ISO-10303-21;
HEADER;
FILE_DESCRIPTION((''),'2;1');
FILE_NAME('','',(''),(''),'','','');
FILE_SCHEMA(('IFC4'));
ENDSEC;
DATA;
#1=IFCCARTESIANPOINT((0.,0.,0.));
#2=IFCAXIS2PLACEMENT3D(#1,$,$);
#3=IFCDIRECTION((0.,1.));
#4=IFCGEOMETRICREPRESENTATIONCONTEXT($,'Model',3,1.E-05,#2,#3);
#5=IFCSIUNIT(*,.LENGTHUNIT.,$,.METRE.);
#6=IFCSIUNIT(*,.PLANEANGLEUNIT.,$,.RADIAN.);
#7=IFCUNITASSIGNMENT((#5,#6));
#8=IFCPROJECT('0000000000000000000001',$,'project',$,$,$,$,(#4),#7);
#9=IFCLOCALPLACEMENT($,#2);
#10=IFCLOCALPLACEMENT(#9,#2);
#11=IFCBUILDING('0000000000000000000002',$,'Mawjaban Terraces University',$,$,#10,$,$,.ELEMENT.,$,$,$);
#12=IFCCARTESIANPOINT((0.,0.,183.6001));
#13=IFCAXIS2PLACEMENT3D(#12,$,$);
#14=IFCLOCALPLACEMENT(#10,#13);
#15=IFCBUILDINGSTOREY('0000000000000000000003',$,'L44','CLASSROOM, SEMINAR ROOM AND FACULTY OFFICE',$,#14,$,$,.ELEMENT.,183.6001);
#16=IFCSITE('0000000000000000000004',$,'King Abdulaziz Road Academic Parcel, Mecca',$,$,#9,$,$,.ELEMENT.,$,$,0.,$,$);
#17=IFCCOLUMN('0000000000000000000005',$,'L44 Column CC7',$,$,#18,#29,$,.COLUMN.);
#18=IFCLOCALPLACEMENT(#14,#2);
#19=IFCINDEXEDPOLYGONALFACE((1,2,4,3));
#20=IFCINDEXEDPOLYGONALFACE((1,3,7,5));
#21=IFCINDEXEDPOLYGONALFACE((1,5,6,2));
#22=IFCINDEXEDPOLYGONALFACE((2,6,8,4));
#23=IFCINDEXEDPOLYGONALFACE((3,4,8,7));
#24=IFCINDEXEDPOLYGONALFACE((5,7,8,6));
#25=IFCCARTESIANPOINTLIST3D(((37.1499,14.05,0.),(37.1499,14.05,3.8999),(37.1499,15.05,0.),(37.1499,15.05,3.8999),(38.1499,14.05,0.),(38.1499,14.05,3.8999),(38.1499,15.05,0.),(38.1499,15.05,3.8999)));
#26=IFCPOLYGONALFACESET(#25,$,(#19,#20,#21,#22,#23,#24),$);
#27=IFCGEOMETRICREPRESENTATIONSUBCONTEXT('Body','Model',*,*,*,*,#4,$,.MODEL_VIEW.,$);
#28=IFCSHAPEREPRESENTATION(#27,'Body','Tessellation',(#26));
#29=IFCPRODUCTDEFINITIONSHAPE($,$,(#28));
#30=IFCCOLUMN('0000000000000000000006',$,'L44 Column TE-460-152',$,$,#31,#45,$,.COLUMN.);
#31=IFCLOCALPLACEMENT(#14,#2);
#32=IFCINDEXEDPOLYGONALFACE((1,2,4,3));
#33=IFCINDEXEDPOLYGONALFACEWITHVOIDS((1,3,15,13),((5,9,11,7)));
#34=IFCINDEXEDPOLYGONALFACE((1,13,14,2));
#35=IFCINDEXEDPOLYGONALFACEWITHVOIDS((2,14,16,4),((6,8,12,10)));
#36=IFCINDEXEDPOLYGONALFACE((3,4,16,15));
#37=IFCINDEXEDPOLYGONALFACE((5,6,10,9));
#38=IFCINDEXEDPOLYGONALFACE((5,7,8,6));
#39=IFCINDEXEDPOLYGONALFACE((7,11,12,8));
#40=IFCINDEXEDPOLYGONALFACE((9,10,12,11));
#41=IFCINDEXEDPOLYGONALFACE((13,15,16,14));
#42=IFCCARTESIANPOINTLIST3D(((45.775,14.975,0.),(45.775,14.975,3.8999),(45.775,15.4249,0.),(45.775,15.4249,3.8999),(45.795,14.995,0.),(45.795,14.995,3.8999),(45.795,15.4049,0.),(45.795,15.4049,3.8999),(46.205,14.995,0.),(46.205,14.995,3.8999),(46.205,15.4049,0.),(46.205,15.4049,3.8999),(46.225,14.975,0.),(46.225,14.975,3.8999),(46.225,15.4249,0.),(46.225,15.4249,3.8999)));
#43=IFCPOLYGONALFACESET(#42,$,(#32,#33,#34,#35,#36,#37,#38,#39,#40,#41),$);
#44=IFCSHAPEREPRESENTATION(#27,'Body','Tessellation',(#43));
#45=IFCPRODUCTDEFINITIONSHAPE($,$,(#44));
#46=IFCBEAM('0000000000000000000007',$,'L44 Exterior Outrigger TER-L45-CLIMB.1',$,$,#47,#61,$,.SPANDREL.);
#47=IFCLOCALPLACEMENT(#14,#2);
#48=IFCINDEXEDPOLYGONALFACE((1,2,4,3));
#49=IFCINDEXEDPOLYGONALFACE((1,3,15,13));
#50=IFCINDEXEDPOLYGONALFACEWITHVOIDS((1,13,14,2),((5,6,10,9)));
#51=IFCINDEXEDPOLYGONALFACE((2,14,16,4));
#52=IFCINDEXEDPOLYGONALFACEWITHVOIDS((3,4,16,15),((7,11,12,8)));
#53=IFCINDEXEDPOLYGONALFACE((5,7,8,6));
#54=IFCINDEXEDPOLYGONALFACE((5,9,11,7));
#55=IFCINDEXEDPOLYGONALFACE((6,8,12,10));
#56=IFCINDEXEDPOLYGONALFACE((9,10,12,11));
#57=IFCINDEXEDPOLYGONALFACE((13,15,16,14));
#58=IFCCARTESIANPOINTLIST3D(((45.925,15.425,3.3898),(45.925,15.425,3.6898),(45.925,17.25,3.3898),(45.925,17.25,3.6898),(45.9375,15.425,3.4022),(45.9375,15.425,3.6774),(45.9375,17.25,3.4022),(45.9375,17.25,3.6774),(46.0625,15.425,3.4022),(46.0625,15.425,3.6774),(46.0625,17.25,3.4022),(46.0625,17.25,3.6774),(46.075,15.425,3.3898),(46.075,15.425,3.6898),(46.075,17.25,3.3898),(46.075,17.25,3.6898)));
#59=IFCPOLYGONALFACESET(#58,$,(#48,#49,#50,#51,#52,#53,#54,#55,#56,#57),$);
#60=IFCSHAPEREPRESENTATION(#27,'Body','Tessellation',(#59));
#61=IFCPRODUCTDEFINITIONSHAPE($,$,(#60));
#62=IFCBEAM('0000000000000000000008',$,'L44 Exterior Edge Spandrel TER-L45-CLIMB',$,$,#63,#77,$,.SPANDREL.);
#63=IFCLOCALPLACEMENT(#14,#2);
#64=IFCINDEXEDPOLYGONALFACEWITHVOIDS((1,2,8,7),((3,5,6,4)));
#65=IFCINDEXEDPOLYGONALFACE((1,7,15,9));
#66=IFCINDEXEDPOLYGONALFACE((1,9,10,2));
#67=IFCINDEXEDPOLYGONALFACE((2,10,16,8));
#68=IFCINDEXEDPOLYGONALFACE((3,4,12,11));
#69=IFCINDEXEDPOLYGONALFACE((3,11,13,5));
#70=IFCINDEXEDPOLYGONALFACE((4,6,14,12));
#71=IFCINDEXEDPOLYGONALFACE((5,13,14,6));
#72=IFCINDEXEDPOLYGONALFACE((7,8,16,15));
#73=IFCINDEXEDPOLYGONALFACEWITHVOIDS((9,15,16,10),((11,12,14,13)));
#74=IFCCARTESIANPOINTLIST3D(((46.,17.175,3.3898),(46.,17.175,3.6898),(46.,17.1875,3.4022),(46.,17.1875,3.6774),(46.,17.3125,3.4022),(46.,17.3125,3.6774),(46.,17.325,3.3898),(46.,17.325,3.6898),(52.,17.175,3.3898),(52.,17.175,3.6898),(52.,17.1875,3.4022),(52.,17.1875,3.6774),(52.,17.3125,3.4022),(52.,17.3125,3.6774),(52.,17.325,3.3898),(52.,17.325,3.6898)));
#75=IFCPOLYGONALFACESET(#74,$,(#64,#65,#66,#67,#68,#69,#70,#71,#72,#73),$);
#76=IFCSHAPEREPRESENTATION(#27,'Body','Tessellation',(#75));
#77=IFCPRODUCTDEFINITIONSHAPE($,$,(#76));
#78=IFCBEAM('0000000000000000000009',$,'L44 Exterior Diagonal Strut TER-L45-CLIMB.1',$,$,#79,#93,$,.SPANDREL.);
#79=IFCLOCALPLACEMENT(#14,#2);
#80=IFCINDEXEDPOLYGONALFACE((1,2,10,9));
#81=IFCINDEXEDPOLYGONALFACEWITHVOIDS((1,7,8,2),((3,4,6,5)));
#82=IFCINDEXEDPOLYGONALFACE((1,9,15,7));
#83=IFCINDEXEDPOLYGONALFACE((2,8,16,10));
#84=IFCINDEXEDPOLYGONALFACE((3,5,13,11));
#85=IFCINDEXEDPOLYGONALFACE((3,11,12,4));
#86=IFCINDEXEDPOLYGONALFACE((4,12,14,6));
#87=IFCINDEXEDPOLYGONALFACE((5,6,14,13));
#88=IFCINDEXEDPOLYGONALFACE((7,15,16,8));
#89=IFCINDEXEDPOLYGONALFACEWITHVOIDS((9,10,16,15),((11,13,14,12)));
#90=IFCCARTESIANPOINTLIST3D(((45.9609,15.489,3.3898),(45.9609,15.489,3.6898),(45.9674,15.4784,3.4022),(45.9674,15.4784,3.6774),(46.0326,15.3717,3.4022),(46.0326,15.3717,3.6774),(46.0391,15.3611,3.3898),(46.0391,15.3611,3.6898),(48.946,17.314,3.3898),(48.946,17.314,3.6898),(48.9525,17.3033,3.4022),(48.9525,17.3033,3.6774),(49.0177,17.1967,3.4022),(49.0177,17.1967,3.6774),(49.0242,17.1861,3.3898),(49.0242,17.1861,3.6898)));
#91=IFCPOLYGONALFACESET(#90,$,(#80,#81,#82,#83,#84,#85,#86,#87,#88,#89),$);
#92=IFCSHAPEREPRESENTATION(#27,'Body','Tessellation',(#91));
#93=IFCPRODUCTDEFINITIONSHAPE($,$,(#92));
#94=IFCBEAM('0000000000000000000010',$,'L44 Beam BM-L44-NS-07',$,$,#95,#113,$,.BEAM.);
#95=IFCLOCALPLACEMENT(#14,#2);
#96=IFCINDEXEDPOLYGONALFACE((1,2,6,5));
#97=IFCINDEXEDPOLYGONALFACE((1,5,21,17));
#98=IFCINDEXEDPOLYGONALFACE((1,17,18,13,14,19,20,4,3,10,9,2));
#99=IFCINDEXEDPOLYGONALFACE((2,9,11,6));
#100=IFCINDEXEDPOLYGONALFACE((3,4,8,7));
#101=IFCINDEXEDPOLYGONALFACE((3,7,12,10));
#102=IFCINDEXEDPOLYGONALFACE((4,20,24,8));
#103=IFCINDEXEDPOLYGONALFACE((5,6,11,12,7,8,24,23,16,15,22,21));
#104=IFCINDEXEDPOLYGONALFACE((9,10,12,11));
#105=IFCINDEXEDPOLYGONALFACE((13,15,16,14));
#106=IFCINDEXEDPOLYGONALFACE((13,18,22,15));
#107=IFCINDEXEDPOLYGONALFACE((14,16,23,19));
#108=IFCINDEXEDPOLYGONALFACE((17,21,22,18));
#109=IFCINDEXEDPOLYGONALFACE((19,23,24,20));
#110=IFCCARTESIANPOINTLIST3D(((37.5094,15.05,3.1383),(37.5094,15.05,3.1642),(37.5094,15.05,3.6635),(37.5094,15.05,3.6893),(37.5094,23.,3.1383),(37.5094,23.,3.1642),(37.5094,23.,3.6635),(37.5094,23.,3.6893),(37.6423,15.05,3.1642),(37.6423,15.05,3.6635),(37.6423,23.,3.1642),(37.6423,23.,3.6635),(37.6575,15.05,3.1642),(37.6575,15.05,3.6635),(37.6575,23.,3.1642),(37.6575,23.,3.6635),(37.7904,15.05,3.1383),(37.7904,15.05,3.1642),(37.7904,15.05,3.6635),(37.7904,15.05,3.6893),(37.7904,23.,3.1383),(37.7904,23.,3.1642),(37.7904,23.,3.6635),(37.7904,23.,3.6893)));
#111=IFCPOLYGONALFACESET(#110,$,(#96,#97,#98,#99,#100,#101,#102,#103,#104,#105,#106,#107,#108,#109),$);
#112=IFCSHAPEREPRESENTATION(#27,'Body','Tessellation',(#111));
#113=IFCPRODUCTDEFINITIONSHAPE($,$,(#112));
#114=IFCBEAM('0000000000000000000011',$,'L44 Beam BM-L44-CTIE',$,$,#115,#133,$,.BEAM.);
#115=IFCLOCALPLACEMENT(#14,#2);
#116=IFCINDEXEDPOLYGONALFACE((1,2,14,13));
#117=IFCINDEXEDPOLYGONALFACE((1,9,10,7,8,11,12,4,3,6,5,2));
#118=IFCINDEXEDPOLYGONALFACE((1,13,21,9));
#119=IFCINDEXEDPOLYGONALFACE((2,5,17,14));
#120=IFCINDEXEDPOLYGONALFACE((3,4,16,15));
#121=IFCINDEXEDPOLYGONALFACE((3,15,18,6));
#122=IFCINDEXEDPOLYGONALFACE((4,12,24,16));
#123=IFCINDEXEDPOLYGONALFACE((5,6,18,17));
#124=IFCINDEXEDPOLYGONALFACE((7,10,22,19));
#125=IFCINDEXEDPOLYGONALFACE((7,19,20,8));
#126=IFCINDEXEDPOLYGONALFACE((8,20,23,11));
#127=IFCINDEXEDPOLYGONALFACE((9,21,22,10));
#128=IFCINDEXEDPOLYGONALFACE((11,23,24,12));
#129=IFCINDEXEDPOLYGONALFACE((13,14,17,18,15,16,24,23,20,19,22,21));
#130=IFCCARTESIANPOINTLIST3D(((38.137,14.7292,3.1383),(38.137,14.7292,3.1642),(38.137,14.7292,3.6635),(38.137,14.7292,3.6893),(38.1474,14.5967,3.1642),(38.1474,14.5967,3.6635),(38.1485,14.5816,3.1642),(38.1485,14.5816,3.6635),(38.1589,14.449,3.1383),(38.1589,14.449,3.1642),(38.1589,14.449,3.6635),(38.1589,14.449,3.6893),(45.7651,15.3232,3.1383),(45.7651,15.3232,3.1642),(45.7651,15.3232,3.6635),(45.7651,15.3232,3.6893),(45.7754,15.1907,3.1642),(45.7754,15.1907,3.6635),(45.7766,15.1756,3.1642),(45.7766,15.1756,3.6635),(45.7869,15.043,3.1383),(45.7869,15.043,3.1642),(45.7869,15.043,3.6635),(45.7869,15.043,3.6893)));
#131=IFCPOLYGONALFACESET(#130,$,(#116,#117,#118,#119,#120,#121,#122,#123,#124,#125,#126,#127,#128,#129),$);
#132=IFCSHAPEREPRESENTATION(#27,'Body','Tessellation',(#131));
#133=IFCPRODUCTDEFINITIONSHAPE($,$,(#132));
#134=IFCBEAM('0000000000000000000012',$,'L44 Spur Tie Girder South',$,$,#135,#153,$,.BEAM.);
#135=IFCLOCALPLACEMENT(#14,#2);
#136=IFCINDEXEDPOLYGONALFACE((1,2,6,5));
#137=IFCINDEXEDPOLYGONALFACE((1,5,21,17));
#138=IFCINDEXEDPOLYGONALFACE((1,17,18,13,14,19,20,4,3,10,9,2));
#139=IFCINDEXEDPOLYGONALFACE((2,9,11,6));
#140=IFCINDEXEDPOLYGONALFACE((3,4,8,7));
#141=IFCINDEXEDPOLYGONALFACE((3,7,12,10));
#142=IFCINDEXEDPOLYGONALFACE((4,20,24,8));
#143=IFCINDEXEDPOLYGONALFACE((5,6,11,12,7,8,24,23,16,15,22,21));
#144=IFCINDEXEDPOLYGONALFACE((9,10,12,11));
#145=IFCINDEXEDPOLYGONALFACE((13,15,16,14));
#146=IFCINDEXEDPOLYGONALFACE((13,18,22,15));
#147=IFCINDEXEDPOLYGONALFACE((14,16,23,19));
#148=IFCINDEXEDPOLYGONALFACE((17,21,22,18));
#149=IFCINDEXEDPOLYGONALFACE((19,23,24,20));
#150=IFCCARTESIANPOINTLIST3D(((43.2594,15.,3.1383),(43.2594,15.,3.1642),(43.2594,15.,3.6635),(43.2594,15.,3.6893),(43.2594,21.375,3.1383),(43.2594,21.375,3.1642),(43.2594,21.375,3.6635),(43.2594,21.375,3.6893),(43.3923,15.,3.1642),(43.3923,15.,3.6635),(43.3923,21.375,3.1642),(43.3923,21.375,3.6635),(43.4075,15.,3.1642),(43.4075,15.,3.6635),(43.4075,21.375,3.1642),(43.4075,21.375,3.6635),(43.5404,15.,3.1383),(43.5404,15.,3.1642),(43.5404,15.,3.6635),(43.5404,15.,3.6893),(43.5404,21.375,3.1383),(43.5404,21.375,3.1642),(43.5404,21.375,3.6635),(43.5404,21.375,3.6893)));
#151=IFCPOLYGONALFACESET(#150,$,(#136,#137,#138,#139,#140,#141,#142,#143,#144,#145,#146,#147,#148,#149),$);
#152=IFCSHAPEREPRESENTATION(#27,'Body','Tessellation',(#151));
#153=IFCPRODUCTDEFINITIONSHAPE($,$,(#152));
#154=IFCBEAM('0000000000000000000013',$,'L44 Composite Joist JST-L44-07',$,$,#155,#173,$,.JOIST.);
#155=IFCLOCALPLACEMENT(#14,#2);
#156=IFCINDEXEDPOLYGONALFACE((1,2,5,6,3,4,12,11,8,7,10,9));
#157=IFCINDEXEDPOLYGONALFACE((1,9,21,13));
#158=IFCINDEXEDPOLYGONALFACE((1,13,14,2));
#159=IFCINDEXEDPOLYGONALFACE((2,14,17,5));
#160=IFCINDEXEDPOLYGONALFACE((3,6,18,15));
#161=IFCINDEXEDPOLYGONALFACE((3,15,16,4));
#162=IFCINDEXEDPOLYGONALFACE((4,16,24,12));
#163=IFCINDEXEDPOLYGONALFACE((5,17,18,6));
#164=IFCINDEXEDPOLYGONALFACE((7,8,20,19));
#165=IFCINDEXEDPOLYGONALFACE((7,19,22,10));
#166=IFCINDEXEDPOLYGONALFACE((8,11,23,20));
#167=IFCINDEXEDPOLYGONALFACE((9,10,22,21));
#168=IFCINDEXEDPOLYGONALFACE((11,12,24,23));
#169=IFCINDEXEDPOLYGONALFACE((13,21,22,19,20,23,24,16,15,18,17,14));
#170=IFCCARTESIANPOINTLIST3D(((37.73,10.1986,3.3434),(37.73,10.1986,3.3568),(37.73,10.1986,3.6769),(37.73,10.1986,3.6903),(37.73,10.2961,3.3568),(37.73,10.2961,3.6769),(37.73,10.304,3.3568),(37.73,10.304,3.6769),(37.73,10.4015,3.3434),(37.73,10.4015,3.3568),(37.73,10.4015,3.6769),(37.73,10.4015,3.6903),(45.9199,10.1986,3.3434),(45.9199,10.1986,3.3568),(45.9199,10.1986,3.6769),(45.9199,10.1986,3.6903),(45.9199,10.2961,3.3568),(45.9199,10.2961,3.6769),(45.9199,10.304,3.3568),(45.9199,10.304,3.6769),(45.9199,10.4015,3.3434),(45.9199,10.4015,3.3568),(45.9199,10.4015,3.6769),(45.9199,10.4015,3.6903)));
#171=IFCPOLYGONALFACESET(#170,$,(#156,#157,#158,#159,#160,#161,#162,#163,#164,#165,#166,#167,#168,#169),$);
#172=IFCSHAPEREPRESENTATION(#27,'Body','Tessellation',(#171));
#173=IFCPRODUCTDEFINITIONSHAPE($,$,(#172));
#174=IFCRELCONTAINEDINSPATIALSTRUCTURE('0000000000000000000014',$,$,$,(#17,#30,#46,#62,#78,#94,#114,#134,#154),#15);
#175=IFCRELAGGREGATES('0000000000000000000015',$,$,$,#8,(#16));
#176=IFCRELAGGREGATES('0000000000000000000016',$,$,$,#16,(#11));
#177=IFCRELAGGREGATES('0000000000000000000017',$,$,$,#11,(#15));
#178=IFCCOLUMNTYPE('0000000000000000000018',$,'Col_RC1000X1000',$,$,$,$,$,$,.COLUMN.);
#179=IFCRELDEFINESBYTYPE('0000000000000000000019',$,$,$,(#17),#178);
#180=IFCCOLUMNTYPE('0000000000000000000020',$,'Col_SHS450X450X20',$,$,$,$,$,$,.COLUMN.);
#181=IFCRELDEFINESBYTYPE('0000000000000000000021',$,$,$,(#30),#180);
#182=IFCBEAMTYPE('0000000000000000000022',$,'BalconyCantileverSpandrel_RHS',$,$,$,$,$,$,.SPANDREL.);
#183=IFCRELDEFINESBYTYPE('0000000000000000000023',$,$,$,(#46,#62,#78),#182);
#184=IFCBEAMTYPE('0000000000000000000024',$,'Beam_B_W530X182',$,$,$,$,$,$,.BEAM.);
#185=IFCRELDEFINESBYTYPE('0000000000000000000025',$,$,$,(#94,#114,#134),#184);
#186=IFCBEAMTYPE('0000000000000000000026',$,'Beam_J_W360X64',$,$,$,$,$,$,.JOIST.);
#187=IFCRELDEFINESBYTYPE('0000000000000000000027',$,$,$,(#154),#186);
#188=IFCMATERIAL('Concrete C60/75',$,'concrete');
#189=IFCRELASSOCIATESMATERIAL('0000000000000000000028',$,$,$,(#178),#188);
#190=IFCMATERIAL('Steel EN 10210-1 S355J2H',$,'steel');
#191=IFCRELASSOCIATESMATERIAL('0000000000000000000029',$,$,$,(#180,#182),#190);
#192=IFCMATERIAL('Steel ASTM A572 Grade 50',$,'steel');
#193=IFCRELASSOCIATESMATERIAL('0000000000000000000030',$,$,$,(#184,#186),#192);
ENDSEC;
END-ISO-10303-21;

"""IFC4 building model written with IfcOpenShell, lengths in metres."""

from ifc_helpers import new_model, si_unit, direction, frame, origin, origin_2d, place, context, subcontext, project, spatial, rectangle, hollow_rectangle, i_section, extrude, material, material_profile, profile_set, type_object, element, save


model = new_model("IFC4")

# Units and contexts
model_context = context("Model", 3, precision=1e-05, world=origin(), true_north=direction((0.0, 1.0)))
body_context = subcontext(model_context, "Body", "Model", "MODEL_VIEW")
ifc_project = project(units=[si_unit("LENGTHUNIT", "METRE"), si_unit("PLANEANGLEUNIT", "RADIAN")], contexts=[model_context])

# Site, building, storey
site_placement = place(None, origin())
site = spatial("IfcSite", under=ifc_project, at=site_placement, Name="King Abdulaziz Road Academic Parcel, Mecca", CompositionType="ELEMENT", RefElevation=0.0)
building_placement = place(site_placement, origin())
building = spatial("IfcBuilding", under=site, at=building_placement, Name="Mawjaban Terraces University", CompositionType="ELEMENT")
storey_placement = place(building_placement, frame((0.0, 0.0, 183.6001)))
storey = spatial("IfcBuildingStorey", under=building, at=storey_placement, Name="L44", Description="CLASSROOM, SEMINAR ROOM AND FACULTY OFFICE", CompositionType="ELEMENT", Elevation=183.6001)

# Columns
ifc_material_1 = material(Name="Concrete C60/75", Category="concrete")
ifc_material_profile_1 = material_profile(ifc_material_1, rectangle(XDim=1.0, YDim=1.0, at=origin_2d()), Name="RC1000X1000")
ifc_profile_set_1 = profile_set([ifc_material_profile_1], Name="Concrete C60/75")
column_type_1 = type_object("IfcColumnType", Name="Col_RC1000X1000", PredefinedType="COLUMN", material=ifc_profile_set_1)
column_1_placement = place(storey_placement, frame((37.6499, 14.55, 0.0), z_axis=(0.0, 0.0, 1.0), x_axis=(1.0, 0.0, 0.0)))
element("IfcColumn", 1, at=column_1_placement, inside=storey, type_object=column_type_1, Name="L44 Column CC7", PredefinedType="COLUMN", context=body_context, shape_type="SweptSolid", body=[
    extrude(rectangle(XDim=1.0, YDim=1.0, at=origin_2d()), origin(), (0.0, 0.0, 1.0), 3.8999),
])
ifc_material_2 = material(Name="Steel EN 10210-1 S355J2H", Category="steel")
ifc_material_profile_2 = material_profile(ifc_material_2, hollow_rectangle(XDim=0.45, YDim=0.45, WallThickness=0.02, at=origin_2d()), Name="SHS450X450X20")
ifc_profile_set_2 = profile_set([ifc_material_profile_2], Name="Steel EN 10210-1 S355J2H")
column_type_2 = type_object("IfcColumnType", Name="Col_SHS450X450X20", PredefinedType="COLUMN", material=ifc_profile_set_2)
column_2_placement = place(storey_placement, frame((46.0, 15.2, 0.0), z_axis=(0.0, 0.0, 1.0), x_axis=(1.0, 0.0, 0.0)))
element("IfcColumn", 2, at=column_2_placement, inside=storey, type_object=column_type_2, Name="L44 Column TE-460-152", PredefinedType="COLUMN", context=body_context, shape_type="SweptSolid", body=[
    extrude(hollow_rectangle(XDim=0.45, YDim=0.45, WallThickness=0.02, at=origin_2d()), origin(), (0.0, 0.0, 1.0), 3.8999),
])

# Beams
ifc_material_profile_3 = material_profile(ifc_material_2, hollow_rectangle(XDim=0.1499, YDim=0.3, WallThickness=0.0125, at=origin_2d()), Name="RHS300X150X12.5")
ifc_profile_set_3 = profile_set([ifc_material_profile_3], Name="Steel EN 10210-1 S355J2H")
beam_type_1 = type_object("IfcBeamType", Name="BalconyCantileverSpandrel_RHS", PredefinedType="SPANDREL", material=ifc_profile_set_3)
beam_1_placement = place(storey_placement, frame((46.0, 15.425, 3.5398), z_axis=(0.0, 1.0, 0.0), x_axis=(-1.0, 0.0, 0.0)))
element("IfcBeam", 3, at=beam_1_placement, inside=storey, type_object=beam_type_1, Name="L44 Exterior Outrigger TER-L45-CLIMB.1", PredefinedType="SPANDREL", context=body_context, shape_type="SweptSolid", body=[
    extrude(hollow_rectangle(XDim=0.1499, YDim=0.3, WallThickness=0.0125, at=origin_2d()), origin(), (0.0, 0.0, 1.0), 1.825),
])
beam_2_placement = place(storey_placement, frame((46.0, 17.25, 3.5398), z_axis=(1.0, 0.0, 0.0), x_axis=(0.0, 1.0, 0.0)))
element("IfcBeam", 4, at=beam_2_placement, inside=storey, type_object=beam_type_1, Name="L44 Exterior Edge Spandrel TER-L45-CLIMB", PredefinedType="SPANDREL", context=body_context, shape_type="SweptSolid", body=[
    extrude(hollow_rectangle(XDim=0.1499, YDim=0.3, WallThickness=0.0125, at=origin_2d()), origin(), (0.0, 0.0, 1.0), 6.0),
])
beam_3_placement = place(storey_placement, frame((46.0, 15.425, 3.5398), z_axis=(0.85319, 0.5216, 0.0), x_axis=(-0.5216, 0.85319, 0.0)))
element("IfcBeam", 5, at=beam_3_placement, inside=storey, type_object=beam_type_1, Name="L44 Exterior Diagonal Strut TER-L45-CLIMB.1", PredefinedType="SPANDREL", context=body_context, shape_type="SweptSolid", body=[
    extrude(hollow_rectangle(XDim=0.1499, YDim=0.3, WallThickness=0.0125, at=origin_2d()), origin(), (0.0, 0.0, 1.0), 3.4988),
])
ifc_material_3 = material(Name="Steel ASTM A572 Grade 50", Category="steel")
ifc_material_profile_4 = material_profile(ifc_material_3, i_section(OverallWidth=0.281, OverallDepth=0.551, WebThickness=0.0151, FlangeThickness=0.0259, at=origin_2d()), Name="W530X182")
ifc_profile_set_4 = profile_set([ifc_material_profile_4], Name="Steel ASTM A572 Grade 50")
beam_type_2 = type_object("IfcBeamType", Name="Beam_B_W530X182", PredefinedType="BEAM", material=ifc_profile_set_4)
beam_4_placement = place(storey_placement, frame((37.6499, 15.05, 3.4138), z_axis=(0.0, 1.0, 0.0), x_axis=(-1.0, 0.0, 0.0)))
element("IfcBeam", 6, at=beam_4_placement, inside=storey, type_object=beam_type_2, Name="L44 Beam BM-L44-NS-07", PredefinedType="BEAM", context=body_context, shape_type="SweptSolid", body=[
    extrude(i_section(OverallWidth=0.281, OverallDepth=0.551, WebThickness=0.0151, FlangeThickness=0.0259, at=origin_2d()), origin(), (0.0, 0.0, 1.0), 7.95),
])
beam_5_placement = place(storey_placement, frame((38.1479, 14.5891, 3.4138), z_axis=(0.996982, 0.077636, 0.0), x_axis=(-0.077636, 0.996982, 0.0)))
element("IfcBeam", 7, at=beam_5_placement, inside=storey, type_object=beam_type_2, Name="L44 Beam BM-L44-CTIE", PredefinedType="BEAM", context=body_context, shape_type="SweptSolid", body=[
    extrude(i_section(OverallWidth=0.281, OverallDepth=0.551, WebThickness=0.0151, FlangeThickness=0.0259, at=origin_2d()), origin(), (0.0, 0.0, 1.0), 7.6511),
])
beam_6_placement = place(storey_placement, frame((43.3999, 15.0, 3.4138), z_axis=(0.0, 1.0, 0.0), x_axis=(-1.0, 0.0, 0.0)))
element("IfcBeam", 8, at=beam_6_placement, inside=storey, type_object=beam_type_2, Name="L44 Spur Tie Girder South", PredefinedType="BEAM", context=body_context, shape_type="SweptSolid", body=[
    extrude(i_section(OverallWidth=0.281, OverallDepth=0.551, WebThickness=0.0151, FlangeThickness=0.0259, at=origin_2d()), origin(), (0.0, 0.0, 1.0), 6.375),
])
ifc_material_profile_5 = material_profile(ifc_material_3, i_section(OverallWidth=0.2029, OverallDepth=0.3469, WebThickness=0.0078, FlangeThickness=0.0134, at=origin_2d()), Name="W360X64")
ifc_profile_set_5 = profile_set([ifc_material_profile_5], Name="Steel ASTM A572 Grade 50")
beam_type_3 = type_object("IfcBeamType", Name="Beam_J_W360X64", PredefinedType="JOIST", material=ifc_profile_set_5)
beam_7_placement = place(storey_placement, frame((37.73, 10.3, 3.5168), z_axis=(1.0, 0.0, 0.0), x_axis=(0.0, 1.0, 0.0)))
element("IfcBeam", 9, at=beam_7_placement, inside=storey, type_object=beam_type_3, Name="L44 Composite Joist JST-L44-07", PredefinedType="JOIST", context=body_context, shape_type="SweptSolid", body=[
    extrude(i_section(OverallWidth=0.2029, OverallDepth=0.3469, WebThickness=0.0078, FlangeThickness=0.0134, at=origin_2d()), origin(), (0.0, 0.0, 1.0), 8.1899),
])

save(model, "model.ifc")
